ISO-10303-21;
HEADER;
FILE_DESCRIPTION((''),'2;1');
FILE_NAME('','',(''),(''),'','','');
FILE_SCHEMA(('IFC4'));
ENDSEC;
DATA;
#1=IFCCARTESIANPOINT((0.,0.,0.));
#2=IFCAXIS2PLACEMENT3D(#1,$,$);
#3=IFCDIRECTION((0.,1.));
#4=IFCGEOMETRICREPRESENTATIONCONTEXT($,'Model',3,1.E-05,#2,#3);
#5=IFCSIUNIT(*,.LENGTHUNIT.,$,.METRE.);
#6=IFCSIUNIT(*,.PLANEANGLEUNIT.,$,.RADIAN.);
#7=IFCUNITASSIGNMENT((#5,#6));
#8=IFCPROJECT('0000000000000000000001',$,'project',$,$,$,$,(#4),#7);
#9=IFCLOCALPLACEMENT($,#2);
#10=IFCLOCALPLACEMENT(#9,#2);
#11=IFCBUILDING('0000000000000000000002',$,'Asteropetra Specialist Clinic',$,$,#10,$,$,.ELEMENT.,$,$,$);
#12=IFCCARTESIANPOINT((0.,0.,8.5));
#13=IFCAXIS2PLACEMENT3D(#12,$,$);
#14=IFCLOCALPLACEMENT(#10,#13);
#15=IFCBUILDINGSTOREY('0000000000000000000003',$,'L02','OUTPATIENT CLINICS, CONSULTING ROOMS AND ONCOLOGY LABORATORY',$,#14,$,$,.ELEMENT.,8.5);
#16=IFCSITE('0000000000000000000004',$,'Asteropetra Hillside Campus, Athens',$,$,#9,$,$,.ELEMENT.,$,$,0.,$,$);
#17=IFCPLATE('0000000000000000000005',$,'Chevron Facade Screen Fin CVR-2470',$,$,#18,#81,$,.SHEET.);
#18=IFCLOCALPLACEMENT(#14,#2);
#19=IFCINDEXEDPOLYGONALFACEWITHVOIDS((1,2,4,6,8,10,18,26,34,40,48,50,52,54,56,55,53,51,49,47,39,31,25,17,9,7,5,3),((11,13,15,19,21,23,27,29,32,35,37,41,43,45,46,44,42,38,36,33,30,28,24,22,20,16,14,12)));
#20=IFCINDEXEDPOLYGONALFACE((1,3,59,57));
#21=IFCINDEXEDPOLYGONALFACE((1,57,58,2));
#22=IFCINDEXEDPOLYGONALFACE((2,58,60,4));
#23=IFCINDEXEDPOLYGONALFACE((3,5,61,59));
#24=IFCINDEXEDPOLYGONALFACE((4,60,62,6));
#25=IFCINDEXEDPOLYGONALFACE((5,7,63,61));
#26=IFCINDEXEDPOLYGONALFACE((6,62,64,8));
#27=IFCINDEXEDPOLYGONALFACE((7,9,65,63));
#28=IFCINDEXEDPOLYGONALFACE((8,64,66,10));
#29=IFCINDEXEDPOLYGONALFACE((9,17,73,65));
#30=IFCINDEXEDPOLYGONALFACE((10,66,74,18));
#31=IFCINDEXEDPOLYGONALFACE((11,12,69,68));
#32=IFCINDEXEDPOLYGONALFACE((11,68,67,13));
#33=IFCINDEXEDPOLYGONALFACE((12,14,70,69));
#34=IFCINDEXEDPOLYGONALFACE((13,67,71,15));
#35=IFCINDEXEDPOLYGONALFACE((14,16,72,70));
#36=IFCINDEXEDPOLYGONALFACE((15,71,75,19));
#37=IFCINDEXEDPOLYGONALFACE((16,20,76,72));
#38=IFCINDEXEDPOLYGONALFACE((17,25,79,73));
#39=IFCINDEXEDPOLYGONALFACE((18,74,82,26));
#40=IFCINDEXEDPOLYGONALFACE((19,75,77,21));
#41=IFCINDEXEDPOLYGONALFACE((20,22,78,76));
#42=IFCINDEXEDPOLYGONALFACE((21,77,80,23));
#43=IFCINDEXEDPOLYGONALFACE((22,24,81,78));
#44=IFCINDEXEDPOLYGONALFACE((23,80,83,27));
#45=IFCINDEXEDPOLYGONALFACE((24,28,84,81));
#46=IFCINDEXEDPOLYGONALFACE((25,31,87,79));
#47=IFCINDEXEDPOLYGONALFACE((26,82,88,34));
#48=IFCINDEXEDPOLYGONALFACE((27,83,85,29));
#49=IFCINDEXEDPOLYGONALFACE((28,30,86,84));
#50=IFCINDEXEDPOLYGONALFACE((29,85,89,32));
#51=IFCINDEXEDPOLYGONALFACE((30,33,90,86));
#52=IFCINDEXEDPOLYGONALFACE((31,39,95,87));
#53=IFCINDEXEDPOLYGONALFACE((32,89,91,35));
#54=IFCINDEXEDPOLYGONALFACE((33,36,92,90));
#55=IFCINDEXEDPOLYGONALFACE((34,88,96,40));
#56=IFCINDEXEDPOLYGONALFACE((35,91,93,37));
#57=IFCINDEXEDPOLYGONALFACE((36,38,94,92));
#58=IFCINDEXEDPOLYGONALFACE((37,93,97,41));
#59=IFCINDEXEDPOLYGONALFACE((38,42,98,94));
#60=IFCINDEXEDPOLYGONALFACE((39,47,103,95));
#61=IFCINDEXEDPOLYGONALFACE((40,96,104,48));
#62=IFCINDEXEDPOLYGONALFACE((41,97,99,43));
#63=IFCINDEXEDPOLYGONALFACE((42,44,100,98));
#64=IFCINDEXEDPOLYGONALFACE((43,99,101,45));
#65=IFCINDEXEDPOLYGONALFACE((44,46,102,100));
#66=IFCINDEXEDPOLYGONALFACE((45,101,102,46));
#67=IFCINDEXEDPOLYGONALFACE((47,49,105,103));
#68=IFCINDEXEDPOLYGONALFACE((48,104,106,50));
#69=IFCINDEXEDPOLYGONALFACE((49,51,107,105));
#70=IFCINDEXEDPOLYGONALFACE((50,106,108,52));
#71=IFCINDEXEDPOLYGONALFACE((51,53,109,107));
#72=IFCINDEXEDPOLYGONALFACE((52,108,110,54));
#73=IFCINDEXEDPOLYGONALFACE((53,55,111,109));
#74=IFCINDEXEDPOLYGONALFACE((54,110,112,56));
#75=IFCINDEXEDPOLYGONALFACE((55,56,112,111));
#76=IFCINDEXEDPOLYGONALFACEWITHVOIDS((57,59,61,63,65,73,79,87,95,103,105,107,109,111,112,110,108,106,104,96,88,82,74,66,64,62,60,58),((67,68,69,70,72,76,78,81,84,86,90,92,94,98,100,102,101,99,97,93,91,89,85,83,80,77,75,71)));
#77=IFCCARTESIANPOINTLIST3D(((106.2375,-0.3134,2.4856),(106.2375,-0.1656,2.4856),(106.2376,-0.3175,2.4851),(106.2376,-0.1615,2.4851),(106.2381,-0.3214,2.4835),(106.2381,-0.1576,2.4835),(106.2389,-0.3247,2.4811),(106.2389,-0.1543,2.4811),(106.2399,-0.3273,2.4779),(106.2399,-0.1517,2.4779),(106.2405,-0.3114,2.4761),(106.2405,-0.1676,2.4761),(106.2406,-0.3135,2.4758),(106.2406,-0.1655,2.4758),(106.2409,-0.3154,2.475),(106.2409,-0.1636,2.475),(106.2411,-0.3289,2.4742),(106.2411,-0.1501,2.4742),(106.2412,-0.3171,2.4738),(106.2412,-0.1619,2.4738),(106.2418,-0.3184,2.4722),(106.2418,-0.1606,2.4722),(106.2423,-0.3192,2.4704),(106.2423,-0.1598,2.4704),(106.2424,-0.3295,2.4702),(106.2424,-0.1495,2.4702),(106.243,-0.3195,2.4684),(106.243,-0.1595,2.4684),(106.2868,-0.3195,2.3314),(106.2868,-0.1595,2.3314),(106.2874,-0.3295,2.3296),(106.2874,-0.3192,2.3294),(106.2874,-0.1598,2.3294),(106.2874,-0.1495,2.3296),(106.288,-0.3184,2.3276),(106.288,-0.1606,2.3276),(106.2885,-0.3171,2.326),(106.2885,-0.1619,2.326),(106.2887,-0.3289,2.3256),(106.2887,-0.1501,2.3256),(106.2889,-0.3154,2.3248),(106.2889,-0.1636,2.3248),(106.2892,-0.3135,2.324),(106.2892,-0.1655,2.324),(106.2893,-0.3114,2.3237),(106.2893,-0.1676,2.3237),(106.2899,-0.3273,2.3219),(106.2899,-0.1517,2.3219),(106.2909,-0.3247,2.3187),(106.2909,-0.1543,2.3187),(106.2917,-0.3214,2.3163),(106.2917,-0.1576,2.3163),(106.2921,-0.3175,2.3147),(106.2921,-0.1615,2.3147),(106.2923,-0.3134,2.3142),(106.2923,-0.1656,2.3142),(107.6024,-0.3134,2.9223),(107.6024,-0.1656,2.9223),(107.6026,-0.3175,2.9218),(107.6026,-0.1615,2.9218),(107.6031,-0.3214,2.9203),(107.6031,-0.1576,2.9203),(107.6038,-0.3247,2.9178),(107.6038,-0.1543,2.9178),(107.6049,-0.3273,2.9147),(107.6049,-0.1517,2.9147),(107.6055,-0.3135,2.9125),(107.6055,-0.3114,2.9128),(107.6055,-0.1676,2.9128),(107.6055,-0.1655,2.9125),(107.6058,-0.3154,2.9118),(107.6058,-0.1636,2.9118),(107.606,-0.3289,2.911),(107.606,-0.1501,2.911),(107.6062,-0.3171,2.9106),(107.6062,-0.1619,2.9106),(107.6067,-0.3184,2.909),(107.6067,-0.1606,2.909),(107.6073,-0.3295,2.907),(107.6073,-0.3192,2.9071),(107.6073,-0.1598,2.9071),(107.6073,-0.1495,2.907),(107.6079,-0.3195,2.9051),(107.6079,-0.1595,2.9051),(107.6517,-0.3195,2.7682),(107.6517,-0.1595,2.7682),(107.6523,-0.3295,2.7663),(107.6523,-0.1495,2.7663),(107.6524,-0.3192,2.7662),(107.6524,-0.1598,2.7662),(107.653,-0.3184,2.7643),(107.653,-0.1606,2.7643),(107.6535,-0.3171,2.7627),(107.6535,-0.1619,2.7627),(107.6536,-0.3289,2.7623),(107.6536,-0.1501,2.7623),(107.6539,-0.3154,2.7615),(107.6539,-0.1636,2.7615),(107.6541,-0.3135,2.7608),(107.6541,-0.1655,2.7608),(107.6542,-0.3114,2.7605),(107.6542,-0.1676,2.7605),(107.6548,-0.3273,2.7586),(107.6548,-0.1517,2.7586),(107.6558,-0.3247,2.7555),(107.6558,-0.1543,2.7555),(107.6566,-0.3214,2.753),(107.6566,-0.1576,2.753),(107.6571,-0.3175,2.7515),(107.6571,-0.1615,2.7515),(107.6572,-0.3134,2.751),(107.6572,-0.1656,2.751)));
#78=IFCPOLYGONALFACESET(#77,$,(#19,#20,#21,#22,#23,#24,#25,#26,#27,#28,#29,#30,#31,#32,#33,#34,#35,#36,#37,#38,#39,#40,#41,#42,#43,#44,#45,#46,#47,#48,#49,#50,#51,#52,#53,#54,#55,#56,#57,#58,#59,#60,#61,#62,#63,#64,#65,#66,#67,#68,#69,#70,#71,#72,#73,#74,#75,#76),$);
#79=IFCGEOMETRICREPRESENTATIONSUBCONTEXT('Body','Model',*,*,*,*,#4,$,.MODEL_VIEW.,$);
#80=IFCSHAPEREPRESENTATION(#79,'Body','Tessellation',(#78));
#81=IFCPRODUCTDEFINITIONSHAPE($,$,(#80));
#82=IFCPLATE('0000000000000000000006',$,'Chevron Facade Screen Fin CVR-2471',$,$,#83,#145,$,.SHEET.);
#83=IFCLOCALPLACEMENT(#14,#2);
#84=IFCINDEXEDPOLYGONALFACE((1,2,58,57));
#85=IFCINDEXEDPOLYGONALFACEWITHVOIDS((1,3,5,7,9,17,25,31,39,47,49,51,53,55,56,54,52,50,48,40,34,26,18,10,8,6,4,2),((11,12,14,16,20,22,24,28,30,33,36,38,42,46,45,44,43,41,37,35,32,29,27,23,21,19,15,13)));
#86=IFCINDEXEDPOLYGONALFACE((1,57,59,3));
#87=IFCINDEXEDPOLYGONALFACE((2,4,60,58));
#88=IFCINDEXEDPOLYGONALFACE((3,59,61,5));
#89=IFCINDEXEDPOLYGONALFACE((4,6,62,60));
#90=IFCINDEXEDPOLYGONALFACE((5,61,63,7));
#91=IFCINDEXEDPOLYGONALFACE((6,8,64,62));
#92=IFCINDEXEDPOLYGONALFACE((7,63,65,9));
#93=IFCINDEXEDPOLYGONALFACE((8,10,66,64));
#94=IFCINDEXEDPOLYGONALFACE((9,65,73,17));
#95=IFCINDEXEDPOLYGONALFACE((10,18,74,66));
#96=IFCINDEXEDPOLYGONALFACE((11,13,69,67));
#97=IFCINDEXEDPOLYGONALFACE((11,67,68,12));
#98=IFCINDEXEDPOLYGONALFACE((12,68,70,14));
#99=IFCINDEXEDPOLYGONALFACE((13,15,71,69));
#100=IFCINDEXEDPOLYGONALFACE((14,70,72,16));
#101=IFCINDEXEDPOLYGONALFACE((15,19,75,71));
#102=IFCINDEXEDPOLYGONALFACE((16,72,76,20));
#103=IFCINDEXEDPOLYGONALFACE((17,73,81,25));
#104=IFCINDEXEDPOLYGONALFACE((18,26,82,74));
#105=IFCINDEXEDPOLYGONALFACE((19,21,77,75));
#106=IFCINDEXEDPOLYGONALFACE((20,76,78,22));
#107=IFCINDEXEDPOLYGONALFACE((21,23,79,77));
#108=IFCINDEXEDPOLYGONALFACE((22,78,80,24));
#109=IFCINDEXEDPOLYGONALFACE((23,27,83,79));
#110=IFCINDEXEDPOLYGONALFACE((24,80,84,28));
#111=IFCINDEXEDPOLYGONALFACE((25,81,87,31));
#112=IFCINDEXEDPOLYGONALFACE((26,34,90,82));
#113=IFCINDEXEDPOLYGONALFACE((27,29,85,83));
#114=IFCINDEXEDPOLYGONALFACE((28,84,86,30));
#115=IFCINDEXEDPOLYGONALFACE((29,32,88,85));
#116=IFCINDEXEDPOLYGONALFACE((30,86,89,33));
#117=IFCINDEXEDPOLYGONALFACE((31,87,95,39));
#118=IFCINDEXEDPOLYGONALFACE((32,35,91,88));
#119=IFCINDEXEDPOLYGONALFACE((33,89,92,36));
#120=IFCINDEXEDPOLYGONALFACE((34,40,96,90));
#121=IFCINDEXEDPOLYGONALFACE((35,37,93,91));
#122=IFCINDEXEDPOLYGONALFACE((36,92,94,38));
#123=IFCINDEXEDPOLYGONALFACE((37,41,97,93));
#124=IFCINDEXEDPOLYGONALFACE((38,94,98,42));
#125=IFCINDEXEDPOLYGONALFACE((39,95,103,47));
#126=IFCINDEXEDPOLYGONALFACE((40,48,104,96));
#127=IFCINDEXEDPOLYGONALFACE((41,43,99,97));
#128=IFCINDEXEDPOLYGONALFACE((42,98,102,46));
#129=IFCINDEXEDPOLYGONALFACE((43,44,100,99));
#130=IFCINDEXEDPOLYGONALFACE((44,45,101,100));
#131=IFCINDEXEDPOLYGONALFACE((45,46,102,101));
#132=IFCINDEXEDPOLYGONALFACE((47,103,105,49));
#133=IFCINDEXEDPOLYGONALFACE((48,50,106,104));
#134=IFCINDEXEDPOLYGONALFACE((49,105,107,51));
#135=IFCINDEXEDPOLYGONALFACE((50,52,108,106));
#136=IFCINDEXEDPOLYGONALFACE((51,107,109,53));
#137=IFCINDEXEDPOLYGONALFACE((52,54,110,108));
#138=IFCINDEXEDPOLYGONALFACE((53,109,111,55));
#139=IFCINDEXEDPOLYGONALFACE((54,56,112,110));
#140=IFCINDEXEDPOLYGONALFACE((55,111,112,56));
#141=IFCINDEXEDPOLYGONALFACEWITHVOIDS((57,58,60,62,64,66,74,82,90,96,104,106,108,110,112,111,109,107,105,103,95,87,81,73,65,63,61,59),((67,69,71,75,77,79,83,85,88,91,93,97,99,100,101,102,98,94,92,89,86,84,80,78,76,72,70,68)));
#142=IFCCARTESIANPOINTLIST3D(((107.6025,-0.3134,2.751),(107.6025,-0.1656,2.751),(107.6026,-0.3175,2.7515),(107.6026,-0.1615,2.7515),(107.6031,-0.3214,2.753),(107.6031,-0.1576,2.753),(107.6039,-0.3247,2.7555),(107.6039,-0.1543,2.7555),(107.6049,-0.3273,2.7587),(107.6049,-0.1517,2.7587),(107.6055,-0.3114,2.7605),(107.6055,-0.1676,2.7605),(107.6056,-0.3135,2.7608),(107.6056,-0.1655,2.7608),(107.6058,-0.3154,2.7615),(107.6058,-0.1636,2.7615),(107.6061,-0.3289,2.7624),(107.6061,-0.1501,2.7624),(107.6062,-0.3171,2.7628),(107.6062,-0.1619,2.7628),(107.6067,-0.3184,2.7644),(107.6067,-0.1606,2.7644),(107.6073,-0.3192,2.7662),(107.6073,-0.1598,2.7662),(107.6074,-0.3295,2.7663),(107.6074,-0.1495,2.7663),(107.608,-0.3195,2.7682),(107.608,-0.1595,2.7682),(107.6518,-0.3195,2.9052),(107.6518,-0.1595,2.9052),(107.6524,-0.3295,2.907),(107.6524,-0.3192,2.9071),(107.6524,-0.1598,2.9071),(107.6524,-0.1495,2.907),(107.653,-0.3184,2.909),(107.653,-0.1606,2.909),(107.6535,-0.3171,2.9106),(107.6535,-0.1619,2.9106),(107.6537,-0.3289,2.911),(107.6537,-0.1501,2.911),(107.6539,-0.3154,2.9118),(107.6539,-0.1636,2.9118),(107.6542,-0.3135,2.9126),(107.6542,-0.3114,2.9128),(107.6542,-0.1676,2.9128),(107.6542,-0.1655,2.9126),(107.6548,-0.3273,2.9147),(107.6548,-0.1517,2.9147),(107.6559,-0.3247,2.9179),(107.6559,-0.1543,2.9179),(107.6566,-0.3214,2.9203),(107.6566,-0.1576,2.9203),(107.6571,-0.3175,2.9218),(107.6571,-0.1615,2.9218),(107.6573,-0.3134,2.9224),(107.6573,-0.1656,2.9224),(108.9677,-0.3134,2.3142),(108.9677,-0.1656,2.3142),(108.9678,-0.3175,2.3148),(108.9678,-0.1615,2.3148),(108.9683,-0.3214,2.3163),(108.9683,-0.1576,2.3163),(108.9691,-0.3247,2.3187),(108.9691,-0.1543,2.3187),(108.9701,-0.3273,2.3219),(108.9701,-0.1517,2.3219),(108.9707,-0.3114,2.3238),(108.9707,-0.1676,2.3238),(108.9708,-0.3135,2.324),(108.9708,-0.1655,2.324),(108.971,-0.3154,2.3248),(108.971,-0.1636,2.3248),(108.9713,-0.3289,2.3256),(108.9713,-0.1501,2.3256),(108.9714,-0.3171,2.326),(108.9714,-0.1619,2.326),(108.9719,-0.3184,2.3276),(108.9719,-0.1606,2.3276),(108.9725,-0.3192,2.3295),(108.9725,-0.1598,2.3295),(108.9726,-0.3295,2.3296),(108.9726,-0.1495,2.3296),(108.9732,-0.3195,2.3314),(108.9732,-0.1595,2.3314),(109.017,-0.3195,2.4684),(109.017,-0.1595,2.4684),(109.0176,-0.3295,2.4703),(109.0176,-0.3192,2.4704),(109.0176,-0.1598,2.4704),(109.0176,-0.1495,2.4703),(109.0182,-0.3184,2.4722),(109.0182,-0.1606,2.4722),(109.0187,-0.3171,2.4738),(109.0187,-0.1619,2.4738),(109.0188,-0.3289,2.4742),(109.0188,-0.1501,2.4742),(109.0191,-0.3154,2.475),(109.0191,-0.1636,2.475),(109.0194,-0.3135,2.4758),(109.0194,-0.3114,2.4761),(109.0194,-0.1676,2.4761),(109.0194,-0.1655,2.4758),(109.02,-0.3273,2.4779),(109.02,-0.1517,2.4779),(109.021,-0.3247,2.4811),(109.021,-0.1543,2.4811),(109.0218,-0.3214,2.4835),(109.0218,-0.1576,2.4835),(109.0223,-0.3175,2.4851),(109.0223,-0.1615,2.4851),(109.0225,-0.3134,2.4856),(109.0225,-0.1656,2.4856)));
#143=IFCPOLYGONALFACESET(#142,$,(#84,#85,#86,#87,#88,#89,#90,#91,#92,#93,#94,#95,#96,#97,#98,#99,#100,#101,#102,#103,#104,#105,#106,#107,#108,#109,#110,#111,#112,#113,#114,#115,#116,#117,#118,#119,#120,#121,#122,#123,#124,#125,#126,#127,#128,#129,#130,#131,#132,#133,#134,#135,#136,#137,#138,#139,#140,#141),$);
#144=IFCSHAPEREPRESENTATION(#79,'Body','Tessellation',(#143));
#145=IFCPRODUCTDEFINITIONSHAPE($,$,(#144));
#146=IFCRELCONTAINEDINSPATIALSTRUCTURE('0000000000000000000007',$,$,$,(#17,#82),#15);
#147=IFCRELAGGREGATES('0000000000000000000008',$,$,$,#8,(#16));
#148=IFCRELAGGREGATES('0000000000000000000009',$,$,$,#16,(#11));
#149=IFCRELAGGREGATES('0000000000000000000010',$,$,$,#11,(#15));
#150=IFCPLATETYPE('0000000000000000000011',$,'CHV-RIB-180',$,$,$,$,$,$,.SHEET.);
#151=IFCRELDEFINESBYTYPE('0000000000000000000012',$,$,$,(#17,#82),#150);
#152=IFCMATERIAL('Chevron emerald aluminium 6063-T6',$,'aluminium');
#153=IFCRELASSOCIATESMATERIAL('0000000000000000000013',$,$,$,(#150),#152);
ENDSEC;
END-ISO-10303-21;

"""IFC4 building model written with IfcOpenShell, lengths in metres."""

from ifc_helpers import new_model, si_unit, direction, frame, origin, origin_2d, place, context, subcontext, project, spatial, hollow_rectangle, extrude, material, material_profile, profile_set, type_object, element, save


model = new_model("IFC4")

# Units and contexts
model_context = context("Model", 3, precision=1e-05, world=origin(), true_north=direction((0.0, 1.0)))
body_context = subcontext(model_context, "Body", "Model", "MODEL_VIEW")
ifc_project = project(units=[si_unit("LENGTHUNIT", "METRE"), si_unit("PLANEANGLEUNIT", "RADIAN")], contexts=[model_context])

# Site, building, storey
site_placement = place(None, origin())
site = spatial("IfcSite", under=ifc_project, at=site_placement, Name="Asteropetra Hillside Campus, Athens", CompositionType="ELEMENT", RefElevation=0.0)
building_placement = place(site_placement, origin())
building = spatial("IfcBuilding", under=site, at=building_placement, Name="Asteropetra Specialist Clinic", CompositionType="ELEMENT")
storey_placement = place(building_placement, frame((0.0, 0.0, 8.5)))
storey = spatial("IfcBuildingStorey", under=building, at=storey_placement, Name="L02", Description="OUTPATIENT CLINICS, CONSULTING ROOMS AND ONCOLOGY LABORATORY", CompositionType="ELEMENT", Elevation=8.5)

# Plates
ifc_material_1 = material(Name="Chevron emerald aluminium 6063-T6", Category="aluminium")
ifc_material_profile_1 = material_profile(ifc_material_1, hollow_rectangle(XDim=0.1799, YDim=0.1799, WallThickness=0.01, InnerFilletRadius=0.0081, OuterFilletRadius=0.0161, at=origin_2d()), Name="SHS 180x180x10.0")
ifc_profile_set_1 = profile_set([ifc_material_profile_1], Name="Chevron emerald aluminium 6063-T6")
plate_type = type_object("IfcPlateType", Name="CHV-RIB-180", PredefinedType="SHEET", material=ifc_profile_set_1)
plate_1_placement = place(storey_placement, frame((106.2649, -0.2395, 2.3999), z_axis=(0.95243, 0.0, 0.304757), x_axis=(0.0, 1.0, 0.0)))
element("IfcPlate", 1, at=plate_1_placement, inside=storey, type_object=plate_type, Name="Chevron Facade Screen Fin CVR-2470", PredefinedType="SHEET", context=body_context, shape_type="SweptSolid", body=[
    extrude(hollow_rectangle(XDim=0.1799, YDim=0.1799, WallThickness=0.01, InnerFilletRadius=0.0081, OuterFilletRadius=0.0161, at=origin_2d()), origin(), (0.0, 0.0, 1.0), 1.4331),
])
plate_2_placement = place(storey_placement, frame((107.6299, -0.2395, 2.8367), z_axis=(0.952446, 0.0, -0.304708), x_axis=(0.0, 1.0, 0.0)))
element("IfcPlate", 2, at=plate_2_placement, inside=storey, type_object=plate_type, Name="Chevron Facade Screen Fin CVR-2471", PredefinedType="SHEET", context=body_context, shape_type="SweptSolid", body=[
    extrude(hollow_rectangle(XDim=0.1799, YDim=0.1799, WallThickness=0.01, InnerFilletRadius=0.0081, OuterFilletRadius=0.0161, at=origin_2d()), origin(), (0.0, 0.0, 1.0), 1.4333),
])

save(model, "model.ifc")
